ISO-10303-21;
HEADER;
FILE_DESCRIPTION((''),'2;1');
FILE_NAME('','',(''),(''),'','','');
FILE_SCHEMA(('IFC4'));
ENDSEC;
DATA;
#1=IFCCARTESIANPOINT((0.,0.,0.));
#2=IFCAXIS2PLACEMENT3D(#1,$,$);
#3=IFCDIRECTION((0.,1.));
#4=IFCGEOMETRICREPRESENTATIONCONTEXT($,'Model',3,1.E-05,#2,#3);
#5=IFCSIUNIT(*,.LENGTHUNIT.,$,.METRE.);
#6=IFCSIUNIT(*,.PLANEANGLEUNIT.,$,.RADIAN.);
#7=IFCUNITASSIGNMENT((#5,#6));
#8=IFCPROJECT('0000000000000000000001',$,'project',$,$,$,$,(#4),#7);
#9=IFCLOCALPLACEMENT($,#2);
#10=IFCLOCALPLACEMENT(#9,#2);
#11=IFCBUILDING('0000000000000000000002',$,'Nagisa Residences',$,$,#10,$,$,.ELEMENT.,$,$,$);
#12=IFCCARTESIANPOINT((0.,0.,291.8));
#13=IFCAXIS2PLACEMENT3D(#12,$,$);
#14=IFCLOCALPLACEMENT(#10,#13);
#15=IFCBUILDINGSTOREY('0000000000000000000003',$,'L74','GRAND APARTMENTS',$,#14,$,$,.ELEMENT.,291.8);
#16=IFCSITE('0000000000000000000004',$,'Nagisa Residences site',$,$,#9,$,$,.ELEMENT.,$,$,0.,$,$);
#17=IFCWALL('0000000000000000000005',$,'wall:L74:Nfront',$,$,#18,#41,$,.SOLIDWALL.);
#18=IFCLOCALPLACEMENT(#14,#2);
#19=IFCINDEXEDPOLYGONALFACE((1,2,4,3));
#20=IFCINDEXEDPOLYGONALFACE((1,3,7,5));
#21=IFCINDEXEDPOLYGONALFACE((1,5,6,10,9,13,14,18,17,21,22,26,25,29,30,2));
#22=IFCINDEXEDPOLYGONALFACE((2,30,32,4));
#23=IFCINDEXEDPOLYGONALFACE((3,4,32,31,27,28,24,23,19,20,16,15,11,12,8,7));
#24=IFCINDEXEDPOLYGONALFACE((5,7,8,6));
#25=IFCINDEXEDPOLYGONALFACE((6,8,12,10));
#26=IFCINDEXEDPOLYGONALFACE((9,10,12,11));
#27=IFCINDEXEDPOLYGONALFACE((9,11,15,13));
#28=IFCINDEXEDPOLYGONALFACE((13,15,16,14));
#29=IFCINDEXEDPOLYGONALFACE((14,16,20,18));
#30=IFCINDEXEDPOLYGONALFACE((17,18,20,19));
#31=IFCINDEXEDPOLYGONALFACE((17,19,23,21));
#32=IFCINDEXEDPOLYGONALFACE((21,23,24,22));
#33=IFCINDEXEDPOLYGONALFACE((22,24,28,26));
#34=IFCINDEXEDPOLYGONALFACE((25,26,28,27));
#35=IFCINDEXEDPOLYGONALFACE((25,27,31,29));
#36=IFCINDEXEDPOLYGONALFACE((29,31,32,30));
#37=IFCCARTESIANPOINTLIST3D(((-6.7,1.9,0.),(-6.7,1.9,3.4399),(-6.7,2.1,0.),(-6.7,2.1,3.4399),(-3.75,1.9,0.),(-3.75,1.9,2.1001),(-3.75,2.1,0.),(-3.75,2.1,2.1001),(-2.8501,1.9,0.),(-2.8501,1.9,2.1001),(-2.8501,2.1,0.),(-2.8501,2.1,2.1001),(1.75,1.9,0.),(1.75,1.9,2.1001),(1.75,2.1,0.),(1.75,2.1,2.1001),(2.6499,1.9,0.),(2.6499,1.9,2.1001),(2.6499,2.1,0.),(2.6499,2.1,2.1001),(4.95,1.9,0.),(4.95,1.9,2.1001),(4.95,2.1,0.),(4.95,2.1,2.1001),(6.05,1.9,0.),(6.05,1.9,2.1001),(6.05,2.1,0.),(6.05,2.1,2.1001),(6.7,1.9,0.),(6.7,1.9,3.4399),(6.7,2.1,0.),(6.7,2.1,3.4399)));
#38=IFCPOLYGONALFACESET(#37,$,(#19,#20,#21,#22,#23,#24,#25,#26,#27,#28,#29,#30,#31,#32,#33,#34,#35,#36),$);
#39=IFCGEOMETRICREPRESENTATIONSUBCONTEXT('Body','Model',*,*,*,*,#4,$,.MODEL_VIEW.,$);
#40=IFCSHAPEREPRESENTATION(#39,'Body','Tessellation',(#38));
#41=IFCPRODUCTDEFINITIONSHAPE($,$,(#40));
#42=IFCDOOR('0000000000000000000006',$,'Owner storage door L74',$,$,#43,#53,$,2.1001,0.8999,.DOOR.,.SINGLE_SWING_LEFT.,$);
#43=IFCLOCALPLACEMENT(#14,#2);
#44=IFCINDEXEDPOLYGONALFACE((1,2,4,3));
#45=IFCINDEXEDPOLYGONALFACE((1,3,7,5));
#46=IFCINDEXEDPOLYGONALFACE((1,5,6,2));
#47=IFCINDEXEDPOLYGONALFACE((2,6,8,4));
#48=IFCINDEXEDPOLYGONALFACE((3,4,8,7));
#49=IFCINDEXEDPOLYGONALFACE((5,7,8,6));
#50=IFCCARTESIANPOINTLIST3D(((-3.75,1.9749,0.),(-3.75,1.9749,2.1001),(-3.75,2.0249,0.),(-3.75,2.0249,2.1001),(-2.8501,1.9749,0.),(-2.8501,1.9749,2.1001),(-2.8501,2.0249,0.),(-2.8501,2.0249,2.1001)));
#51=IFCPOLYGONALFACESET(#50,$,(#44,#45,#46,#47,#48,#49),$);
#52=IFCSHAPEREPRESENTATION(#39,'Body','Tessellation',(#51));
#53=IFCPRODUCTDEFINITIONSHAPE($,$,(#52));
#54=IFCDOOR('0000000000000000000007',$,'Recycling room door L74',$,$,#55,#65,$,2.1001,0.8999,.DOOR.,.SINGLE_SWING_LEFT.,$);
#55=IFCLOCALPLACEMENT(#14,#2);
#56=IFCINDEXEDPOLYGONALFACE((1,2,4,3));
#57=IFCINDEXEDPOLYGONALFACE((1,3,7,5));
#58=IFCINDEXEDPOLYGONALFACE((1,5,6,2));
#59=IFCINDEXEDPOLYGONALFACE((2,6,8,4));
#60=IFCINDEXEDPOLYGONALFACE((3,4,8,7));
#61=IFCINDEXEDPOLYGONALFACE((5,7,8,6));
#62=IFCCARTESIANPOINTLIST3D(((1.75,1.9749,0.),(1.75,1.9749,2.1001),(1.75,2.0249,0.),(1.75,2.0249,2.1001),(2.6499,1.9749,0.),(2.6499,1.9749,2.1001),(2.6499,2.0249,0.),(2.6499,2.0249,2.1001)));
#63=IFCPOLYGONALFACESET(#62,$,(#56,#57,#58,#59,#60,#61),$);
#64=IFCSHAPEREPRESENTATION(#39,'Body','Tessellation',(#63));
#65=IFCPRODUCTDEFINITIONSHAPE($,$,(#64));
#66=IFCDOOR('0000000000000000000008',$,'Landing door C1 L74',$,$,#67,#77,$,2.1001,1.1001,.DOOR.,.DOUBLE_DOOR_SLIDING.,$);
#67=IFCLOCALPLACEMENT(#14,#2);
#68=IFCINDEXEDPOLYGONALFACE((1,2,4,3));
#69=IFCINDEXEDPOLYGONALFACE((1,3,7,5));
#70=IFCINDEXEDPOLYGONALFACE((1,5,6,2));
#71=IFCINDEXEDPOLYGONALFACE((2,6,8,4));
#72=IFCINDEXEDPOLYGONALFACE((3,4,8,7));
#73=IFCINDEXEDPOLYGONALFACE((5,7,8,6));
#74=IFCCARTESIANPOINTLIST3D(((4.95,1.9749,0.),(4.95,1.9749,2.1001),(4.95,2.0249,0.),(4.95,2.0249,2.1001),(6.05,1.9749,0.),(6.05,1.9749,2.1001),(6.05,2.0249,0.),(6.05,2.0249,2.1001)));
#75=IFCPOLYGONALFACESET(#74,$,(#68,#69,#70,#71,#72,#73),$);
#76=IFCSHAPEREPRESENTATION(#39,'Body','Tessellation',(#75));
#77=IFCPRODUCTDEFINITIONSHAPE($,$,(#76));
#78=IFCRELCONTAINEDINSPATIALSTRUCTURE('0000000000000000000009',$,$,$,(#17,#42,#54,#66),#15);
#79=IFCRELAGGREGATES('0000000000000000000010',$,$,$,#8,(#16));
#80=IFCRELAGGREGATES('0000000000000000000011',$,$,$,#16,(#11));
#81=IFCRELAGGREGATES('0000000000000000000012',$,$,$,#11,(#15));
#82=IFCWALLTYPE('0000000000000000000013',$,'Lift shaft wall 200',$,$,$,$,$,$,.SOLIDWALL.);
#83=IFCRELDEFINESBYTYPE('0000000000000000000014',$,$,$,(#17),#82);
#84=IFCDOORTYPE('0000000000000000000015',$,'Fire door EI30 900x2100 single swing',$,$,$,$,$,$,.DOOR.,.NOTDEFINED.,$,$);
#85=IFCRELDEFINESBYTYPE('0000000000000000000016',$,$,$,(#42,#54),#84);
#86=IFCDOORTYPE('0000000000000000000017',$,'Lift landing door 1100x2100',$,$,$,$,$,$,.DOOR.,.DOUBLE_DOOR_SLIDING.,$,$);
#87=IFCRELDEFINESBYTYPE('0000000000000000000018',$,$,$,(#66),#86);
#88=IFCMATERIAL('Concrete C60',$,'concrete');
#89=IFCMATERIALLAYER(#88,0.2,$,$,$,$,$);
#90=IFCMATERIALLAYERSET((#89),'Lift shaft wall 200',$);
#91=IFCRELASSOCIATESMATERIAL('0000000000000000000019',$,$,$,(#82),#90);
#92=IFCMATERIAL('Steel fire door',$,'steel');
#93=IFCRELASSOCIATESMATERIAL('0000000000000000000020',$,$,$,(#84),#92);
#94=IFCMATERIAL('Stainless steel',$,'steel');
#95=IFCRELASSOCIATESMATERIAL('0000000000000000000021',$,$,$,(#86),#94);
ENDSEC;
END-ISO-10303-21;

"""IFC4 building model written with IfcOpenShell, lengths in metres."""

from ifc_helpers import new_model, si_unit, direction, frame, frame_2d, origin, place, context, subcontext, project, spatial, rectangle, extrude, material, layer, layer_set, type_object, element, fill, save


model = new_model("IFC4")

# Units and contexts
model_context = context("Model", 3, precision=1e-05, world=origin(), true_north=direction((0.0, 1.0)))
body_context = subcontext(model_context, "Body", "Model", "MODEL_VIEW")
ifc_project = project(units=[si_unit("LENGTHUNIT", "METRE"), si_unit("PLANEANGLEUNIT", "RADIAN")], contexts=[model_context])

# Site, building, storey
site_placement = place(None, origin())
site = spatial("IfcSite", under=ifc_project, at=site_placement, Name="Nagisa Residences site", CompositionType="ELEMENT", RefElevation=0.0)
building_placement = place(site_placement, origin())
building = spatial("IfcBuilding", under=site, at=building_placement, Name="Nagisa Residences", CompositionType="ELEMENT")
storey_placement = place(building_placement, frame((0.0, 0.0, 291.8)))
storey = spatial("IfcBuildingStorey", under=building, at=storey_placement, Name="L74", Description="GRAND APARTMENTS", CompositionType="ELEMENT", Elevation=291.8)

# Wall, openings, doors
ifc_material_1 = material(Name="Concrete C60", Category="concrete")
ifc_layer_1 = layer(ifc_material_1, 0.2)
ifc_layer_set_1 = layer_set([ifc_layer_1], Name="Lift shaft wall 200")
wall_type_1 = type_object("IfcWallType", Name="Lift shaft wall 200", PredefinedType="SOLIDWALL", material=ifc_layer_set_1)
wall_1_placement = place(storey_placement, frame((-6.7, 2.0, 0.0), z_axis=(0.0, 0.0, 1.0), x_axis=(1.0, 0.0, 0.0)))
wall_1 = element("IfcWall", 1, at=wall_1_placement, inside=storey, type_object=wall_type_1, Name="wall:L74:Nfront", PredefinedType="SOLIDWALL", context=body_context, shape_type="SweptSolid", body=[
    extrude(rectangle(XDim=13.3999, YDim=0.2, at=frame_2d((6.7, 0.0))), origin(), (0.0, 0.0, 1.0), 3.4399),
])
opening_1_placement = place(wall_1_placement, frame((11.6499, 0.0, 0.0)))
opening_1 = element("IfcOpeningElement", 2, at=opening_1_placement, cuts=wall_1, PredefinedType="OPENING", context=body_context, shape_type="SweptSolid", body=[
    extrude(rectangle(XDim=1.1001, YDim=2.1001, at=frame_2d((0.55, 1.05))), frame((0.0, 0.1099, 0.0), z_axis=(0.0, -1.0, 0.0), x_axis=(1.0, 0.0, 0.0)), (0.0, 0.0, 1.0), 0.22),
])
opening_2_placement = place(wall_1_placement, frame((2.95, 0.0, 0.0)))
opening_2 = element("IfcOpeningElement", 3, at=opening_2_placement, cuts=wall_1, PredefinedType="OPENING", context=body_context, shape_type="SweptSolid", body=[
    extrude(rectangle(XDim=0.8999, YDim=2.1001, at=frame_2d((0.45, 1.05))), frame((0.0, 0.1099, 0.0), z_axis=(0.0, -1.0, 0.0), x_axis=(1.0, 0.0, 0.0)), (0.0, 0.0, 1.0), 0.22),
])
opening_3_placement = place(wall_1_placement, frame((8.45, 0.0, 0.0)))
opening_3 = element("IfcOpeningElement", 4, at=opening_3_placement, cuts=wall_1, PredefinedType="OPENING", context=body_context, shape_type="SweptSolid", body=[
    extrude(rectangle(XDim=0.8999, YDim=2.1001, at=frame_2d((0.45, 1.05))), frame((0.0, 0.1099, 0.0), z_axis=(0.0, -1.0, 0.0), x_axis=(1.0, 0.0, 0.0)), (0.0, 0.0, 1.0), 0.22),
])
ifc_material_2 = material(Name="Steel fire door", Category="steel")
door_type_1 = type_object("IfcDoorType", Name="Fire door EI30 900x2100 single swing", OperationType="NOTDEFINED", PredefinedType="DOOR", material=ifc_material_2)
door_1_placement = place(opening_2_placement, origin())
door_1 = element("IfcDoor", 5, at=door_1_placement, inside=storey, type_object=door_type_1, Name="Owner storage door L74", OperationType="SINGLE_SWING_LEFT", OverallHeight=2.1001, OverallWidth=0.8999, PredefinedType="DOOR", context=body_context, shape_type="SweptSolid", body=[
    extrude(rectangle(XDim=0.8999, YDim=2.1001, at=frame_2d((0.45, 1.05))), frame((0.0, 0.0249, 0.0), z_axis=(0.0, -1.0, 0.0), x_axis=(1.0, 0.0, 0.0)), (0.0, 0.0, 1.0), 0.05),
])
fill(opening_2, door_1)
door_2_placement = place(opening_3_placement, origin())
door_2 = element("IfcDoor", 6, at=door_2_placement, inside=storey, type_object=door_type_1, Name="Recycling room door L74", OperationType="SINGLE_SWING_LEFT", OverallHeight=2.1001, OverallWidth=0.8999, PredefinedType="DOOR", context=body_context, shape_type="SweptSolid", body=[
    extrude(rectangle(XDim=0.8999, YDim=2.1001, at=frame_2d((0.45, 1.05))), frame((0.0, 0.0249, 0.0), z_axis=(0.0, -1.0, 0.0), x_axis=(1.0, 0.0, 0.0)), (0.0, 0.0, 1.0), 0.05),
])
fill(opening_3, door_2)
ifc_material_3 = material(Name="Stainless steel", Category="steel")
door_type_2 = type_object("IfcDoorType", Name="Lift landing door 1100x2100", OperationType="DOUBLE_DOOR_SLIDING", PredefinedType="DOOR", material=ifc_material_3)
door_3_placement = place(opening_1_placement, origin())
door_3 = element("IfcDoor", 7, at=door_3_placement, inside=storey, type_object=door_type_2, Name="Landing door C1 L74", OperationType="DOUBLE_DOOR_SLIDING", OverallHeight=2.1001, OverallWidth=1.1001, PredefinedType="DOOR", context=body_context, shape_type="SweptSolid", body=[
    extrude(rectangle(XDim=1.1001, YDim=2.1001, at=frame_2d((0.55, 1.05))), frame((0.0, 0.0249, 0.0), z_axis=(0.0, -1.0, 0.0), x_axis=(1.0, 0.0, 0.0)), (0.0, 0.0, 1.0), 0.05),
])
fill(opening_1, door_3)

save(model, "model.ifc")
